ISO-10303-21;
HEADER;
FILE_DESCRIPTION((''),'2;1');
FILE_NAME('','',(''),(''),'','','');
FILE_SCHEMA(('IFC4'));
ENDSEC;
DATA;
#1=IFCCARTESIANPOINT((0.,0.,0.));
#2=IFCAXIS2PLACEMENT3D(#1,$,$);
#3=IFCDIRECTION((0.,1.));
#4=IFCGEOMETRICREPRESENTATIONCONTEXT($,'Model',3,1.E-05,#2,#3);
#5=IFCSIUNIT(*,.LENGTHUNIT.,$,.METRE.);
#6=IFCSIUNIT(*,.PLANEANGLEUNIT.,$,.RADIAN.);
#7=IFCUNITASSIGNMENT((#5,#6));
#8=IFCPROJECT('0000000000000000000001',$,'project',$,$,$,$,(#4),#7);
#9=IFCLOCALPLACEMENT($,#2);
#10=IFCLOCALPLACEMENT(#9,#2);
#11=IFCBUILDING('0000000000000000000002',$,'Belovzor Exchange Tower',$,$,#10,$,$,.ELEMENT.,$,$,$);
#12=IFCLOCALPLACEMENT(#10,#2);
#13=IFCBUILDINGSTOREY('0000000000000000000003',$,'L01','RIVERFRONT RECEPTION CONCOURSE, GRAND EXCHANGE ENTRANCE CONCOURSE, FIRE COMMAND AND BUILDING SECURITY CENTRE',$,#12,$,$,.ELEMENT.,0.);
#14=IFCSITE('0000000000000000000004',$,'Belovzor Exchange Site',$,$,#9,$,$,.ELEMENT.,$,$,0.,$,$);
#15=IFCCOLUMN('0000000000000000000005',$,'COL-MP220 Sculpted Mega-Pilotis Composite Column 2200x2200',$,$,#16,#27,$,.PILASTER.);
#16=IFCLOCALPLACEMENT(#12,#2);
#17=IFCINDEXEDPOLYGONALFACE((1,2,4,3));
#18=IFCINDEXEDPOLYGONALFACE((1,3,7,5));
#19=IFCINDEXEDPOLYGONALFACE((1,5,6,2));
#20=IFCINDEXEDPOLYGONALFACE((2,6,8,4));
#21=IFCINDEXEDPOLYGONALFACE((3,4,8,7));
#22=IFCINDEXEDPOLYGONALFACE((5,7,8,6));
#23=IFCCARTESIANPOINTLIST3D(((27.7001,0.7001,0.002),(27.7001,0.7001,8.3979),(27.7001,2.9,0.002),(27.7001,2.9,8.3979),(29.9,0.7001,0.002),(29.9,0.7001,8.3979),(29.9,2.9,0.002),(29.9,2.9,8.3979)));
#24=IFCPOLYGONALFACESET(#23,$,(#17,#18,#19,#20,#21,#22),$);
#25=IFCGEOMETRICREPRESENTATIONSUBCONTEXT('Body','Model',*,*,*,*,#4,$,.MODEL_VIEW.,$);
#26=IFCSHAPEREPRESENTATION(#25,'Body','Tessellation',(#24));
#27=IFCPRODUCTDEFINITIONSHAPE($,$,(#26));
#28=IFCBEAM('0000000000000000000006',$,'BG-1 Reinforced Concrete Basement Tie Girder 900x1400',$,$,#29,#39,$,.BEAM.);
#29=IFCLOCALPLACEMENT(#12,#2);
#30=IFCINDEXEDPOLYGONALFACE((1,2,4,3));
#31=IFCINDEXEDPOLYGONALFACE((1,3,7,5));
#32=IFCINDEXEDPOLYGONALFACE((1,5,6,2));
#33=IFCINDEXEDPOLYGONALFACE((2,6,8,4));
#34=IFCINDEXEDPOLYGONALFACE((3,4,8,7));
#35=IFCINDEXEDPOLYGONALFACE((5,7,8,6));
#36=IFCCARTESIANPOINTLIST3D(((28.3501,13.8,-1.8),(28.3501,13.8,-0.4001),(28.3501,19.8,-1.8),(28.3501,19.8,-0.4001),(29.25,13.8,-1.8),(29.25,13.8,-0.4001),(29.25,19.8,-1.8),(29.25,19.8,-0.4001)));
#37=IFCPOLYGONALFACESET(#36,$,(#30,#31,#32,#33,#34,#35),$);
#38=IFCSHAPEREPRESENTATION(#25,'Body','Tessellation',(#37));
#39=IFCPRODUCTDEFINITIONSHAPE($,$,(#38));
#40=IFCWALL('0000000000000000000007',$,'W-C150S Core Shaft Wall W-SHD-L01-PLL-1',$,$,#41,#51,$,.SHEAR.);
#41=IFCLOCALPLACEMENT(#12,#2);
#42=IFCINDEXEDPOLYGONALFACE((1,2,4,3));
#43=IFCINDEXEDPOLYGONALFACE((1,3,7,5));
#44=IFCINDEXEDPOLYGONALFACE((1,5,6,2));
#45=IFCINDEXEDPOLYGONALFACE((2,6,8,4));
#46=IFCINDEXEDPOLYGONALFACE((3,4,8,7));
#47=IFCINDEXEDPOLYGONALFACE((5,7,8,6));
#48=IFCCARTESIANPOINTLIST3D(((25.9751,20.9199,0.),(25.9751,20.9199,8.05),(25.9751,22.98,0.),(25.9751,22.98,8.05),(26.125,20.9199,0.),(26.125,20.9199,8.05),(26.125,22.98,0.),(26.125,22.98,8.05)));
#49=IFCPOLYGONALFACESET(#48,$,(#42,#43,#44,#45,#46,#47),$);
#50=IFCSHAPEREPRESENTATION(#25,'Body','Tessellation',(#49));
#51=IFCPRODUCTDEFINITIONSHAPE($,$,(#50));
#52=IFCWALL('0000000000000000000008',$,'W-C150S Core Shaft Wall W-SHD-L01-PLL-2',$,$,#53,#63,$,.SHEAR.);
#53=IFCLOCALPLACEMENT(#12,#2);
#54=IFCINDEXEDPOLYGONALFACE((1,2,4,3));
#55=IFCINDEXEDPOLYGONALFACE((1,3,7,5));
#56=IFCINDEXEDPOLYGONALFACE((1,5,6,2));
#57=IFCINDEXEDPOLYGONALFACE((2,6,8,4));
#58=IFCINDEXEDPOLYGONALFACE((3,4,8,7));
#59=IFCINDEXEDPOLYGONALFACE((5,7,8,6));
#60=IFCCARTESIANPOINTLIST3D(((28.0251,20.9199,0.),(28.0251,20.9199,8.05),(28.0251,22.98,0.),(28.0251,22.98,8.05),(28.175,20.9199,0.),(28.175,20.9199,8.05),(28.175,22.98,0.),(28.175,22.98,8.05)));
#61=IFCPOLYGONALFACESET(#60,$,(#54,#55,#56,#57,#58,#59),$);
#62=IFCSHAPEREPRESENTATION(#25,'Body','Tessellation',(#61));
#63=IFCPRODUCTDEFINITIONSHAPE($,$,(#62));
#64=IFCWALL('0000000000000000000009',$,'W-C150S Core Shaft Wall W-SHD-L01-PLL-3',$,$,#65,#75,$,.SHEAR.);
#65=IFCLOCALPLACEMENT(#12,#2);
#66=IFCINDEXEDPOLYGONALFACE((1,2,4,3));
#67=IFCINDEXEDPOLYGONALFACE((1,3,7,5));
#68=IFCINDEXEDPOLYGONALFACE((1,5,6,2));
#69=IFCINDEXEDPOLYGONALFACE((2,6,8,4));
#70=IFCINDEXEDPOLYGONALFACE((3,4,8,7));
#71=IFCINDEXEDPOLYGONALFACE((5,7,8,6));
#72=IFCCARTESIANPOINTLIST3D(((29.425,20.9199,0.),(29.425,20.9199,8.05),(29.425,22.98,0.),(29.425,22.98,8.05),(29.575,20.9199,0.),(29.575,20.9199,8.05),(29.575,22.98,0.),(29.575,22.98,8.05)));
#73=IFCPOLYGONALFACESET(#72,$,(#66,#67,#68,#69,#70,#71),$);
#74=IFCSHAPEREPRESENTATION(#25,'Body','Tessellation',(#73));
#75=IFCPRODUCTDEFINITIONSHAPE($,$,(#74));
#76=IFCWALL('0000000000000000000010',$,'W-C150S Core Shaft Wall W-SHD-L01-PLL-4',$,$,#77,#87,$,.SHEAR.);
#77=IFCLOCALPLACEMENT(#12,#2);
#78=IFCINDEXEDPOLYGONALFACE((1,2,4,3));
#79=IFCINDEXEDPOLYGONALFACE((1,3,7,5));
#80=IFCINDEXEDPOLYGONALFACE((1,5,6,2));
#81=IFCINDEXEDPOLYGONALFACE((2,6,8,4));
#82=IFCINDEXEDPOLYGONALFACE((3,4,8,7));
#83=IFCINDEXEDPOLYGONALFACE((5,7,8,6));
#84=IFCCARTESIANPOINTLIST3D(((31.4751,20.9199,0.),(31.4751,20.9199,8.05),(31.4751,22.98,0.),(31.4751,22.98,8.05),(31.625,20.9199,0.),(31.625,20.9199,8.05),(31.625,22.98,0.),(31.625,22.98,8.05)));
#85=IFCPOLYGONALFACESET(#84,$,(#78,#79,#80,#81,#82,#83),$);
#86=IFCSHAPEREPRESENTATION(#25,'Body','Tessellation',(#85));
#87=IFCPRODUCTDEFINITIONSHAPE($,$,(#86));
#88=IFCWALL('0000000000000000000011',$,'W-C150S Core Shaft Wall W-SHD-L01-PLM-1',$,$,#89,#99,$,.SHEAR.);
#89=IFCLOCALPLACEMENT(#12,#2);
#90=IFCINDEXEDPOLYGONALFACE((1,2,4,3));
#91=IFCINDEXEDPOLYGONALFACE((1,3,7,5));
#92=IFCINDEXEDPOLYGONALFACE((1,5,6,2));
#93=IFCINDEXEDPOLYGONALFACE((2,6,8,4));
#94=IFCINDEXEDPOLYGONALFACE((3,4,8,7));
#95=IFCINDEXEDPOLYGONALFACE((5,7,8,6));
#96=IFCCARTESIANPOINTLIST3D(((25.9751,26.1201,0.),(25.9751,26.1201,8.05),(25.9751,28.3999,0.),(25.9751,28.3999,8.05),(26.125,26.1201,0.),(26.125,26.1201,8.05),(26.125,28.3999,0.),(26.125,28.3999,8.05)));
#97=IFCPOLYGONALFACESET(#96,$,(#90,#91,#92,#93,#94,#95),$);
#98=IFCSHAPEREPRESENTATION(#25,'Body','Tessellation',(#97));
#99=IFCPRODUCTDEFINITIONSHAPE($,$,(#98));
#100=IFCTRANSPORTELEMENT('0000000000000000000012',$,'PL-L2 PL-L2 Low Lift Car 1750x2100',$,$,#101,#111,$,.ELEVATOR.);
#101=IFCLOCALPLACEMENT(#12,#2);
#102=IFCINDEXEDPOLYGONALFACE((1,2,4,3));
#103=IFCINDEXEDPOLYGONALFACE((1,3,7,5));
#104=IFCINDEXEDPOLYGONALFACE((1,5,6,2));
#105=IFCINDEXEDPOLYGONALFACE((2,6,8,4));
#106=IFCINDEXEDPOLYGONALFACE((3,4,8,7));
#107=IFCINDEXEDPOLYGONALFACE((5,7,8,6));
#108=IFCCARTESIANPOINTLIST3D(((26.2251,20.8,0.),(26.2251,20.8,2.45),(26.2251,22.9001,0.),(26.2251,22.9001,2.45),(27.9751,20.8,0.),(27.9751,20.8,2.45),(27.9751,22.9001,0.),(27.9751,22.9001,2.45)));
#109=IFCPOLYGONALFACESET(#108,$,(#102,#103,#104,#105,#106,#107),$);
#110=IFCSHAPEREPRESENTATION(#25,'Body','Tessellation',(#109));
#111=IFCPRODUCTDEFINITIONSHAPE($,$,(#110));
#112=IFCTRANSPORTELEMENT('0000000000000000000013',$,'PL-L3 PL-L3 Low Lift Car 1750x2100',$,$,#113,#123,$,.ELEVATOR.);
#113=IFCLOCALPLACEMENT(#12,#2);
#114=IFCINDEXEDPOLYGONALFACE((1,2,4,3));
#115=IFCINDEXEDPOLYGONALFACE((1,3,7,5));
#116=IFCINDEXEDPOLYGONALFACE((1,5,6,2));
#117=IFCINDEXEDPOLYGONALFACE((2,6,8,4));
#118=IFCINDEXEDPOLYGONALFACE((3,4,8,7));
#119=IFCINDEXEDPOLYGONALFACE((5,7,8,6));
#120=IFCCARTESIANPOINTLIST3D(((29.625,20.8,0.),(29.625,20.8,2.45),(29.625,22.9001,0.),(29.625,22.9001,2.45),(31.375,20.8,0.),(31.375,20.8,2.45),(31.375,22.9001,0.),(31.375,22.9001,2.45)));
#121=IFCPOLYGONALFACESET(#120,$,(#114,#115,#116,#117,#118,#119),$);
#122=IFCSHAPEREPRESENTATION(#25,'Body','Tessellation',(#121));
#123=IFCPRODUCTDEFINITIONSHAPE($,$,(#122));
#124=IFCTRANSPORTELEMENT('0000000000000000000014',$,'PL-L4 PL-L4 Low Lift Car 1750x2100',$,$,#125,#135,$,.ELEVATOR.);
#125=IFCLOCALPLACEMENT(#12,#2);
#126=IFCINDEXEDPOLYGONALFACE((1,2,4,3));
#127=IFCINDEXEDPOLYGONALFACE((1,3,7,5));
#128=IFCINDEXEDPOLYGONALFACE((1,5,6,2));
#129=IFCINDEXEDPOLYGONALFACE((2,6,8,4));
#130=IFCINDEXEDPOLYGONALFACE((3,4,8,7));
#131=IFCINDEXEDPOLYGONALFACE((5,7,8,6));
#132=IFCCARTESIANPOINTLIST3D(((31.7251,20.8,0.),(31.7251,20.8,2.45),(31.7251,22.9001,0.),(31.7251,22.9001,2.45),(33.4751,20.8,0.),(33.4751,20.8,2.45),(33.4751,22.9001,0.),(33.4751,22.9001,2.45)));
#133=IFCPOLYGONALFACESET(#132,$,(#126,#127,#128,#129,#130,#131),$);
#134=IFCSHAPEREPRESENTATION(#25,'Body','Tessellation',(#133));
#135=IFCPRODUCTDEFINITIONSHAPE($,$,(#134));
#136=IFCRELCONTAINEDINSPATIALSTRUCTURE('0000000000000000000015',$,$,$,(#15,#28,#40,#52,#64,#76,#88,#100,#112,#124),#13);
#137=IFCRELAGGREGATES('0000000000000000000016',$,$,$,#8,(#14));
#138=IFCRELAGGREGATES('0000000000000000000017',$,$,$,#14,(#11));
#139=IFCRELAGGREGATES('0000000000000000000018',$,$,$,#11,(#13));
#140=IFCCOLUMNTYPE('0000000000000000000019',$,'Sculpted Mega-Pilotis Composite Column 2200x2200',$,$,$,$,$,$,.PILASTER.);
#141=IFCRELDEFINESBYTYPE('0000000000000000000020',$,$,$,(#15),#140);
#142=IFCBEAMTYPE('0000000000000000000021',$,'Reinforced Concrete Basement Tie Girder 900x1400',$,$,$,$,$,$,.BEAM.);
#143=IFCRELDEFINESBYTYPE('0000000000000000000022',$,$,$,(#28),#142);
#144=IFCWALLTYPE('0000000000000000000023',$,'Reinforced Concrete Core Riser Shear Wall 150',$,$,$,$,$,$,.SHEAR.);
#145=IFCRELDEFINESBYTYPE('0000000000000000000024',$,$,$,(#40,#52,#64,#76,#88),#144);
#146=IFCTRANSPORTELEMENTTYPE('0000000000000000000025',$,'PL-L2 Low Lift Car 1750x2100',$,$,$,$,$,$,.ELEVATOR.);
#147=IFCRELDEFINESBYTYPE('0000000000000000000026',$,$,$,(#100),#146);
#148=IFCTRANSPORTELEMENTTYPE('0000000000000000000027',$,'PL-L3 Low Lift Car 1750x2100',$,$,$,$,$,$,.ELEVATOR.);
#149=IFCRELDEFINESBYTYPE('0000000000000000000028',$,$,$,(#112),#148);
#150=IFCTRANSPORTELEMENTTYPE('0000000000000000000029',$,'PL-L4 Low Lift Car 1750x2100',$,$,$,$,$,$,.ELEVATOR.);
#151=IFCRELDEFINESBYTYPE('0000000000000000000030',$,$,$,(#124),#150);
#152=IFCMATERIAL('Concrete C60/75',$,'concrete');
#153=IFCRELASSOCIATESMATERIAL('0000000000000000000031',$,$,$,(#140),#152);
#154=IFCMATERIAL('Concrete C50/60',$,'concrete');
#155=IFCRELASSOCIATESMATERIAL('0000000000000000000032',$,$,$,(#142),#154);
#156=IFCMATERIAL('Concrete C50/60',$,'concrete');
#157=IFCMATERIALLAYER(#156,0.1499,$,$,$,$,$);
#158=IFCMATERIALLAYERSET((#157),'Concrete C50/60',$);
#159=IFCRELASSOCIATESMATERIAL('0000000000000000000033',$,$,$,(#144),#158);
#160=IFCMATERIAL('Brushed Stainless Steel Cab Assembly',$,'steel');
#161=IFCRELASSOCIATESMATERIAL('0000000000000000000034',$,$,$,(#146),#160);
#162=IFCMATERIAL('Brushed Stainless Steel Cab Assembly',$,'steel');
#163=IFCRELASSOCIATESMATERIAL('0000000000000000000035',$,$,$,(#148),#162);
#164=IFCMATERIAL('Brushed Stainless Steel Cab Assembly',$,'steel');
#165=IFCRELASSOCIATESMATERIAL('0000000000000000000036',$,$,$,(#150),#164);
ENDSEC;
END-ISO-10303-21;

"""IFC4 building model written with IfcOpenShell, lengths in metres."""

from ifc_helpers import new_model, si_unit, direction, frame, frame_2d, origin, origin_2d, place, context, subcontext, project, spatial, rectangle, extrude, material, layer, layer_set, material_profile, profile_set, type_object, element, save


model = new_model("IFC4")

# Units and contexts
model_context = context("Model", 3, precision=1e-05, world=origin(), true_north=direction((0.0, 1.0)))
body_context = subcontext(model_context, "Body", "Model", "MODEL_VIEW")
ifc_project = project(units=[si_unit("LENGTHUNIT", "METRE"), si_unit("PLANEANGLEUNIT", "RADIAN")], contexts=[model_context])

# Site, building, storey
site_placement = place(None, origin())
site = spatial("IfcSite", under=ifc_project, at=site_placement, Name="Belovzor Exchange Site", CompositionType="ELEMENT", RefElevation=0.0)
building_placement = place(site_placement, origin())
building = spatial("IfcBuilding", under=site, at=building_placement, Name="Belovzor Exchange Tower", CompositionType="ELEMENT")
storey_placement = place(building_placement, origin())
storey = spatial("IfcBuildingStorey", under=building, at=storey_placement, Name="L01", Description="RIVERFRONT RECEPTION CONCOURSE, GRAND EXCHANGE ENTRANCE CONCOURSE, FIRE COMMAND AND BUILDING SECURITY CENTRE", CompositionType="ELEMENT", Elevation=0.0)

# Column
ifc_material_1 = material(Name="Concrete C60/75", Category="concrete")
ifc_material_profile_1 = material_profile(ifc_material_1, rectangle(XDim=2.2, YDim=2.2, at=origin_2d()))
ifc_profile_set_1 = profile_set([ifc_material_profile_1], Name="Concrete C60/75")
column_type = type_object("IfcColumnType", Name="Sculpted Mega-Pilotis Composite Column 2200x2200", PredefinedType="PILASTER", material=ifc_profile_set_1)
column_placement = place(storey_placement, frame((28.8, 1.8, 0.002), z_axis=(0.0, 0.0, 1.0), x_axis=(1.0, 0.0, 0.0)))
element("IfcColumn", 1, at=column_placement, inside=storey, type_object=column_type, Name="COL-MP220 Sculpted Mega-Pilotis Composite Column 2200x2200", PredefinedType="PILASTER", context=body_context, shape_type="SweptSolid", body=[
    extrude(rectangle(XDim=2.2, YDim=2.2, at=origin_2d()), origin(), (0.0, 0.0, 1.0), 8.396),
])

# Beam
ifc_material_2 = material(Name="Concrete C50/60", Category="concrete")
ifc_material_profile_2 = material_profile(ifc_material_2, rectangle(XDim=0.8999, YDim=1.3999, at=origin_2d()))
ifc_profile_set_2 = profile_set([ifc_material_profile_2], Name="Concrete C50/60")
beam_type = type_object("IfcBeamType", Name="Reinforced Concrete Basement Tie Girder 900x1400", PredefinedType="BEAM", material=ifc_profile_set_2)
beam_placement = place(storey_placement, frame((28.8, 13.8, -1.1001), z_axis=(0.0, 1.0, 0.0), x_axis=(-1.0, 0.0, 0.0)))
element("IfcBeam", 2, at=beam_placement, inside=storey, type_object=beam_type, Name="BG-1 Reinforced Concrete Basement Tie Girder 900x1400", PredefinedType="BEAM", context=body_context, shape_type="SweptSolid", body=[
    extrude(rectangle(XDim=0.8999, YDim=1.3999, at=origin_2d()), origin(), (0.0, 0.0, 1.0), 6.0),
])

# Walls
ifc_material_3 = material(Name="Concrete C50/60", Category="concrete")
ifc_layer_1 = layer(ifc_material_3, 0.1499)
ifc_layer_set_1 = layer_set([ifc_layer_1], Name="Concrete C50/60")
wall_type_1 = type_object("IfcWallType", Name="Reinforced Concrete Core Riser Shear Wall 150", PredefinedType="SHEAR", material=ifc_layer_set_1)
for number, where, z_axis, x_axis, name in (
    (3, (26.05, 20.9199, 0.0), (0.0, 0.0, 1.0), (0.0, 1.0, 0.0), "W-C150S Core Shaft Wall W-SHD-L01-PLL-1"),
    (4, (28.1001, 20.9199, 0.0), (0.0, 0.0, 1.0), (0.0, 1.0, 0.0), "W-C150S Core Shaft Wall W-SHD-L01-PLL-2"),
    (5, (29.5, 20.9199, 0.0), (0.0, 0.0, 1.0), (0.0, 1.0, 0.0), "W-C150S Core Shaft Wall W-SHD-L01-PLL-3"),
    (6, (31.55, 20.9199, 0.0), (0.0, 0.0, 1.0), (0.0, 1.0, 0.0), "W-C150S Core Shaft Wall W-SHD-L01-PLL-4"),
):
    element("IfcWall", number, at=place(storey_placement, frame(where, z_axis=z_axis, x_axis=x_axis)), inside=storey, type_object=wall_type_1, Name=name, PredefinedType="SHEAR", context=body_context, shape_type="SweptSolid", body=[
        extrude(rectangle(XDim=2.0601, YDim=0.1499, at=frame_2d((1.03, 0.0))), origin(), (0.0, 0.0, 1.0), 8.05),
    ])
wall_1_placement = place(storey_placement, frame((26.05, 26.1201, 0.0), z_axis=(0.0, 0.0, 1.0), x_axis=(0.0, 1.0, 0.0)))
element("IfcWall", 7, at=wall_1_placement, inside=storey, type_object=wall_type_1, Name="W-C150S Core Shaft Wall W-SHD-L01-PLM-1", PredefinedType="SHEAR", context=body_context, shape_type="SweptSolid", body=[
    extrude(rectangle(XDim=2.2798, YDim=0.1499, at=frame_2d((1.1399, 0.0))), origin(), (0.0, 0.0, 1.0), 8.05),
])

# Transport elements
ifc_material_4 = material(Name="Brushed Stainless Steel Cab Assembly", Category="steel")
transport_element_type_1 = type_object("IfcTransportElementType", Name="PL-L2 Low Lift Car 1750x2100", PredefinedType="ELEVATOR", material=ifc_material_4)
transport_element_1_placement = place(storey_placement, frame((27.1001, 21.8501, 0.0), z_axis=(0.0, 0.0, 1.0), x_axis=(1.0, 0.0, 0.0)))
element("IfcTransportElement", 8, at=transport_element_1_placement, inside=storey, type_object=transport_element_type_1, Name="PL-L2 PL-L2 Low Lift Car 1750x2100", PredefinedType="ELEVATOR", context=body_context, shape_type="SweptSolid", body=[
    extrude(rectangle(XDim=1.75, YDim=2.1001, at=origin_2d()), origin(), (0.0, 0.0, 1.0), 2.45),
])
ifc_material_5 = material(Name="Brushed Stainless Steel Cab Assembly", Category="steel")
transport_element_type_2 = type_object("IfcTransportElementType", Name="PL-L3 Low Lift Car 1750x2100", PredefinedType="ELEVATOR", material=ifc_material_5)
transport_element_2_placement = place(storey_placement, frame((30.5, 21.8501, 0.0), z_axis=(0.0, 0.0, 1.0), x_axis=(1.0, 0.0, 0.0)))
element("IfcTransportElement", 9, at=transport_element_2_placement, inside=storey, type_object=transport_element_type_2, Name="PL-L3 PL-L3 Low Lift Car 1750x2100", PredefinedType="ELEVATOR", context=body_context, shape_type="SweptSolid", body=[
    extrude(rectangle(XDim=1.75, YDim=2.1001, at=origin_2d()), origin(), (0.0, 0.0, 1.0), 2.45),
])
ifc_material_6 = material(Name="Brushed Stainless Steel Cab Assembly", Category="steel")
transport_element_type_3 = type_object("IfcTransportElementType", Name="PL-L4 Low Lift Car 1750x2100", PredefinedType="ELEVATOR", material=ifc_material_6)
transport_element_3_placement = place(storey_placement, frame((32.6001, 21.8501, 0.0), z_axis=(0.0, 0.0, 1.0), x_axis=(1.0, 0.0, 0.0)))
element("IfcTransportElement", 10, at=transport_element_3_placement, inside=storey, type_object=transport_element_type_3, Name="PL-L4 PL-L4 Low Lift Car 1750x2100", PredefinedType="ELEVATOR", context=body_context, shape_type="SweptSolid", body=[
    extrude(rectangle(XDim=1.75, YDim=2.1001, at=origin_2d()), origin(), (0.0, 0.0, 1.0), 2.45),
])

save(model, "model.ifc")
